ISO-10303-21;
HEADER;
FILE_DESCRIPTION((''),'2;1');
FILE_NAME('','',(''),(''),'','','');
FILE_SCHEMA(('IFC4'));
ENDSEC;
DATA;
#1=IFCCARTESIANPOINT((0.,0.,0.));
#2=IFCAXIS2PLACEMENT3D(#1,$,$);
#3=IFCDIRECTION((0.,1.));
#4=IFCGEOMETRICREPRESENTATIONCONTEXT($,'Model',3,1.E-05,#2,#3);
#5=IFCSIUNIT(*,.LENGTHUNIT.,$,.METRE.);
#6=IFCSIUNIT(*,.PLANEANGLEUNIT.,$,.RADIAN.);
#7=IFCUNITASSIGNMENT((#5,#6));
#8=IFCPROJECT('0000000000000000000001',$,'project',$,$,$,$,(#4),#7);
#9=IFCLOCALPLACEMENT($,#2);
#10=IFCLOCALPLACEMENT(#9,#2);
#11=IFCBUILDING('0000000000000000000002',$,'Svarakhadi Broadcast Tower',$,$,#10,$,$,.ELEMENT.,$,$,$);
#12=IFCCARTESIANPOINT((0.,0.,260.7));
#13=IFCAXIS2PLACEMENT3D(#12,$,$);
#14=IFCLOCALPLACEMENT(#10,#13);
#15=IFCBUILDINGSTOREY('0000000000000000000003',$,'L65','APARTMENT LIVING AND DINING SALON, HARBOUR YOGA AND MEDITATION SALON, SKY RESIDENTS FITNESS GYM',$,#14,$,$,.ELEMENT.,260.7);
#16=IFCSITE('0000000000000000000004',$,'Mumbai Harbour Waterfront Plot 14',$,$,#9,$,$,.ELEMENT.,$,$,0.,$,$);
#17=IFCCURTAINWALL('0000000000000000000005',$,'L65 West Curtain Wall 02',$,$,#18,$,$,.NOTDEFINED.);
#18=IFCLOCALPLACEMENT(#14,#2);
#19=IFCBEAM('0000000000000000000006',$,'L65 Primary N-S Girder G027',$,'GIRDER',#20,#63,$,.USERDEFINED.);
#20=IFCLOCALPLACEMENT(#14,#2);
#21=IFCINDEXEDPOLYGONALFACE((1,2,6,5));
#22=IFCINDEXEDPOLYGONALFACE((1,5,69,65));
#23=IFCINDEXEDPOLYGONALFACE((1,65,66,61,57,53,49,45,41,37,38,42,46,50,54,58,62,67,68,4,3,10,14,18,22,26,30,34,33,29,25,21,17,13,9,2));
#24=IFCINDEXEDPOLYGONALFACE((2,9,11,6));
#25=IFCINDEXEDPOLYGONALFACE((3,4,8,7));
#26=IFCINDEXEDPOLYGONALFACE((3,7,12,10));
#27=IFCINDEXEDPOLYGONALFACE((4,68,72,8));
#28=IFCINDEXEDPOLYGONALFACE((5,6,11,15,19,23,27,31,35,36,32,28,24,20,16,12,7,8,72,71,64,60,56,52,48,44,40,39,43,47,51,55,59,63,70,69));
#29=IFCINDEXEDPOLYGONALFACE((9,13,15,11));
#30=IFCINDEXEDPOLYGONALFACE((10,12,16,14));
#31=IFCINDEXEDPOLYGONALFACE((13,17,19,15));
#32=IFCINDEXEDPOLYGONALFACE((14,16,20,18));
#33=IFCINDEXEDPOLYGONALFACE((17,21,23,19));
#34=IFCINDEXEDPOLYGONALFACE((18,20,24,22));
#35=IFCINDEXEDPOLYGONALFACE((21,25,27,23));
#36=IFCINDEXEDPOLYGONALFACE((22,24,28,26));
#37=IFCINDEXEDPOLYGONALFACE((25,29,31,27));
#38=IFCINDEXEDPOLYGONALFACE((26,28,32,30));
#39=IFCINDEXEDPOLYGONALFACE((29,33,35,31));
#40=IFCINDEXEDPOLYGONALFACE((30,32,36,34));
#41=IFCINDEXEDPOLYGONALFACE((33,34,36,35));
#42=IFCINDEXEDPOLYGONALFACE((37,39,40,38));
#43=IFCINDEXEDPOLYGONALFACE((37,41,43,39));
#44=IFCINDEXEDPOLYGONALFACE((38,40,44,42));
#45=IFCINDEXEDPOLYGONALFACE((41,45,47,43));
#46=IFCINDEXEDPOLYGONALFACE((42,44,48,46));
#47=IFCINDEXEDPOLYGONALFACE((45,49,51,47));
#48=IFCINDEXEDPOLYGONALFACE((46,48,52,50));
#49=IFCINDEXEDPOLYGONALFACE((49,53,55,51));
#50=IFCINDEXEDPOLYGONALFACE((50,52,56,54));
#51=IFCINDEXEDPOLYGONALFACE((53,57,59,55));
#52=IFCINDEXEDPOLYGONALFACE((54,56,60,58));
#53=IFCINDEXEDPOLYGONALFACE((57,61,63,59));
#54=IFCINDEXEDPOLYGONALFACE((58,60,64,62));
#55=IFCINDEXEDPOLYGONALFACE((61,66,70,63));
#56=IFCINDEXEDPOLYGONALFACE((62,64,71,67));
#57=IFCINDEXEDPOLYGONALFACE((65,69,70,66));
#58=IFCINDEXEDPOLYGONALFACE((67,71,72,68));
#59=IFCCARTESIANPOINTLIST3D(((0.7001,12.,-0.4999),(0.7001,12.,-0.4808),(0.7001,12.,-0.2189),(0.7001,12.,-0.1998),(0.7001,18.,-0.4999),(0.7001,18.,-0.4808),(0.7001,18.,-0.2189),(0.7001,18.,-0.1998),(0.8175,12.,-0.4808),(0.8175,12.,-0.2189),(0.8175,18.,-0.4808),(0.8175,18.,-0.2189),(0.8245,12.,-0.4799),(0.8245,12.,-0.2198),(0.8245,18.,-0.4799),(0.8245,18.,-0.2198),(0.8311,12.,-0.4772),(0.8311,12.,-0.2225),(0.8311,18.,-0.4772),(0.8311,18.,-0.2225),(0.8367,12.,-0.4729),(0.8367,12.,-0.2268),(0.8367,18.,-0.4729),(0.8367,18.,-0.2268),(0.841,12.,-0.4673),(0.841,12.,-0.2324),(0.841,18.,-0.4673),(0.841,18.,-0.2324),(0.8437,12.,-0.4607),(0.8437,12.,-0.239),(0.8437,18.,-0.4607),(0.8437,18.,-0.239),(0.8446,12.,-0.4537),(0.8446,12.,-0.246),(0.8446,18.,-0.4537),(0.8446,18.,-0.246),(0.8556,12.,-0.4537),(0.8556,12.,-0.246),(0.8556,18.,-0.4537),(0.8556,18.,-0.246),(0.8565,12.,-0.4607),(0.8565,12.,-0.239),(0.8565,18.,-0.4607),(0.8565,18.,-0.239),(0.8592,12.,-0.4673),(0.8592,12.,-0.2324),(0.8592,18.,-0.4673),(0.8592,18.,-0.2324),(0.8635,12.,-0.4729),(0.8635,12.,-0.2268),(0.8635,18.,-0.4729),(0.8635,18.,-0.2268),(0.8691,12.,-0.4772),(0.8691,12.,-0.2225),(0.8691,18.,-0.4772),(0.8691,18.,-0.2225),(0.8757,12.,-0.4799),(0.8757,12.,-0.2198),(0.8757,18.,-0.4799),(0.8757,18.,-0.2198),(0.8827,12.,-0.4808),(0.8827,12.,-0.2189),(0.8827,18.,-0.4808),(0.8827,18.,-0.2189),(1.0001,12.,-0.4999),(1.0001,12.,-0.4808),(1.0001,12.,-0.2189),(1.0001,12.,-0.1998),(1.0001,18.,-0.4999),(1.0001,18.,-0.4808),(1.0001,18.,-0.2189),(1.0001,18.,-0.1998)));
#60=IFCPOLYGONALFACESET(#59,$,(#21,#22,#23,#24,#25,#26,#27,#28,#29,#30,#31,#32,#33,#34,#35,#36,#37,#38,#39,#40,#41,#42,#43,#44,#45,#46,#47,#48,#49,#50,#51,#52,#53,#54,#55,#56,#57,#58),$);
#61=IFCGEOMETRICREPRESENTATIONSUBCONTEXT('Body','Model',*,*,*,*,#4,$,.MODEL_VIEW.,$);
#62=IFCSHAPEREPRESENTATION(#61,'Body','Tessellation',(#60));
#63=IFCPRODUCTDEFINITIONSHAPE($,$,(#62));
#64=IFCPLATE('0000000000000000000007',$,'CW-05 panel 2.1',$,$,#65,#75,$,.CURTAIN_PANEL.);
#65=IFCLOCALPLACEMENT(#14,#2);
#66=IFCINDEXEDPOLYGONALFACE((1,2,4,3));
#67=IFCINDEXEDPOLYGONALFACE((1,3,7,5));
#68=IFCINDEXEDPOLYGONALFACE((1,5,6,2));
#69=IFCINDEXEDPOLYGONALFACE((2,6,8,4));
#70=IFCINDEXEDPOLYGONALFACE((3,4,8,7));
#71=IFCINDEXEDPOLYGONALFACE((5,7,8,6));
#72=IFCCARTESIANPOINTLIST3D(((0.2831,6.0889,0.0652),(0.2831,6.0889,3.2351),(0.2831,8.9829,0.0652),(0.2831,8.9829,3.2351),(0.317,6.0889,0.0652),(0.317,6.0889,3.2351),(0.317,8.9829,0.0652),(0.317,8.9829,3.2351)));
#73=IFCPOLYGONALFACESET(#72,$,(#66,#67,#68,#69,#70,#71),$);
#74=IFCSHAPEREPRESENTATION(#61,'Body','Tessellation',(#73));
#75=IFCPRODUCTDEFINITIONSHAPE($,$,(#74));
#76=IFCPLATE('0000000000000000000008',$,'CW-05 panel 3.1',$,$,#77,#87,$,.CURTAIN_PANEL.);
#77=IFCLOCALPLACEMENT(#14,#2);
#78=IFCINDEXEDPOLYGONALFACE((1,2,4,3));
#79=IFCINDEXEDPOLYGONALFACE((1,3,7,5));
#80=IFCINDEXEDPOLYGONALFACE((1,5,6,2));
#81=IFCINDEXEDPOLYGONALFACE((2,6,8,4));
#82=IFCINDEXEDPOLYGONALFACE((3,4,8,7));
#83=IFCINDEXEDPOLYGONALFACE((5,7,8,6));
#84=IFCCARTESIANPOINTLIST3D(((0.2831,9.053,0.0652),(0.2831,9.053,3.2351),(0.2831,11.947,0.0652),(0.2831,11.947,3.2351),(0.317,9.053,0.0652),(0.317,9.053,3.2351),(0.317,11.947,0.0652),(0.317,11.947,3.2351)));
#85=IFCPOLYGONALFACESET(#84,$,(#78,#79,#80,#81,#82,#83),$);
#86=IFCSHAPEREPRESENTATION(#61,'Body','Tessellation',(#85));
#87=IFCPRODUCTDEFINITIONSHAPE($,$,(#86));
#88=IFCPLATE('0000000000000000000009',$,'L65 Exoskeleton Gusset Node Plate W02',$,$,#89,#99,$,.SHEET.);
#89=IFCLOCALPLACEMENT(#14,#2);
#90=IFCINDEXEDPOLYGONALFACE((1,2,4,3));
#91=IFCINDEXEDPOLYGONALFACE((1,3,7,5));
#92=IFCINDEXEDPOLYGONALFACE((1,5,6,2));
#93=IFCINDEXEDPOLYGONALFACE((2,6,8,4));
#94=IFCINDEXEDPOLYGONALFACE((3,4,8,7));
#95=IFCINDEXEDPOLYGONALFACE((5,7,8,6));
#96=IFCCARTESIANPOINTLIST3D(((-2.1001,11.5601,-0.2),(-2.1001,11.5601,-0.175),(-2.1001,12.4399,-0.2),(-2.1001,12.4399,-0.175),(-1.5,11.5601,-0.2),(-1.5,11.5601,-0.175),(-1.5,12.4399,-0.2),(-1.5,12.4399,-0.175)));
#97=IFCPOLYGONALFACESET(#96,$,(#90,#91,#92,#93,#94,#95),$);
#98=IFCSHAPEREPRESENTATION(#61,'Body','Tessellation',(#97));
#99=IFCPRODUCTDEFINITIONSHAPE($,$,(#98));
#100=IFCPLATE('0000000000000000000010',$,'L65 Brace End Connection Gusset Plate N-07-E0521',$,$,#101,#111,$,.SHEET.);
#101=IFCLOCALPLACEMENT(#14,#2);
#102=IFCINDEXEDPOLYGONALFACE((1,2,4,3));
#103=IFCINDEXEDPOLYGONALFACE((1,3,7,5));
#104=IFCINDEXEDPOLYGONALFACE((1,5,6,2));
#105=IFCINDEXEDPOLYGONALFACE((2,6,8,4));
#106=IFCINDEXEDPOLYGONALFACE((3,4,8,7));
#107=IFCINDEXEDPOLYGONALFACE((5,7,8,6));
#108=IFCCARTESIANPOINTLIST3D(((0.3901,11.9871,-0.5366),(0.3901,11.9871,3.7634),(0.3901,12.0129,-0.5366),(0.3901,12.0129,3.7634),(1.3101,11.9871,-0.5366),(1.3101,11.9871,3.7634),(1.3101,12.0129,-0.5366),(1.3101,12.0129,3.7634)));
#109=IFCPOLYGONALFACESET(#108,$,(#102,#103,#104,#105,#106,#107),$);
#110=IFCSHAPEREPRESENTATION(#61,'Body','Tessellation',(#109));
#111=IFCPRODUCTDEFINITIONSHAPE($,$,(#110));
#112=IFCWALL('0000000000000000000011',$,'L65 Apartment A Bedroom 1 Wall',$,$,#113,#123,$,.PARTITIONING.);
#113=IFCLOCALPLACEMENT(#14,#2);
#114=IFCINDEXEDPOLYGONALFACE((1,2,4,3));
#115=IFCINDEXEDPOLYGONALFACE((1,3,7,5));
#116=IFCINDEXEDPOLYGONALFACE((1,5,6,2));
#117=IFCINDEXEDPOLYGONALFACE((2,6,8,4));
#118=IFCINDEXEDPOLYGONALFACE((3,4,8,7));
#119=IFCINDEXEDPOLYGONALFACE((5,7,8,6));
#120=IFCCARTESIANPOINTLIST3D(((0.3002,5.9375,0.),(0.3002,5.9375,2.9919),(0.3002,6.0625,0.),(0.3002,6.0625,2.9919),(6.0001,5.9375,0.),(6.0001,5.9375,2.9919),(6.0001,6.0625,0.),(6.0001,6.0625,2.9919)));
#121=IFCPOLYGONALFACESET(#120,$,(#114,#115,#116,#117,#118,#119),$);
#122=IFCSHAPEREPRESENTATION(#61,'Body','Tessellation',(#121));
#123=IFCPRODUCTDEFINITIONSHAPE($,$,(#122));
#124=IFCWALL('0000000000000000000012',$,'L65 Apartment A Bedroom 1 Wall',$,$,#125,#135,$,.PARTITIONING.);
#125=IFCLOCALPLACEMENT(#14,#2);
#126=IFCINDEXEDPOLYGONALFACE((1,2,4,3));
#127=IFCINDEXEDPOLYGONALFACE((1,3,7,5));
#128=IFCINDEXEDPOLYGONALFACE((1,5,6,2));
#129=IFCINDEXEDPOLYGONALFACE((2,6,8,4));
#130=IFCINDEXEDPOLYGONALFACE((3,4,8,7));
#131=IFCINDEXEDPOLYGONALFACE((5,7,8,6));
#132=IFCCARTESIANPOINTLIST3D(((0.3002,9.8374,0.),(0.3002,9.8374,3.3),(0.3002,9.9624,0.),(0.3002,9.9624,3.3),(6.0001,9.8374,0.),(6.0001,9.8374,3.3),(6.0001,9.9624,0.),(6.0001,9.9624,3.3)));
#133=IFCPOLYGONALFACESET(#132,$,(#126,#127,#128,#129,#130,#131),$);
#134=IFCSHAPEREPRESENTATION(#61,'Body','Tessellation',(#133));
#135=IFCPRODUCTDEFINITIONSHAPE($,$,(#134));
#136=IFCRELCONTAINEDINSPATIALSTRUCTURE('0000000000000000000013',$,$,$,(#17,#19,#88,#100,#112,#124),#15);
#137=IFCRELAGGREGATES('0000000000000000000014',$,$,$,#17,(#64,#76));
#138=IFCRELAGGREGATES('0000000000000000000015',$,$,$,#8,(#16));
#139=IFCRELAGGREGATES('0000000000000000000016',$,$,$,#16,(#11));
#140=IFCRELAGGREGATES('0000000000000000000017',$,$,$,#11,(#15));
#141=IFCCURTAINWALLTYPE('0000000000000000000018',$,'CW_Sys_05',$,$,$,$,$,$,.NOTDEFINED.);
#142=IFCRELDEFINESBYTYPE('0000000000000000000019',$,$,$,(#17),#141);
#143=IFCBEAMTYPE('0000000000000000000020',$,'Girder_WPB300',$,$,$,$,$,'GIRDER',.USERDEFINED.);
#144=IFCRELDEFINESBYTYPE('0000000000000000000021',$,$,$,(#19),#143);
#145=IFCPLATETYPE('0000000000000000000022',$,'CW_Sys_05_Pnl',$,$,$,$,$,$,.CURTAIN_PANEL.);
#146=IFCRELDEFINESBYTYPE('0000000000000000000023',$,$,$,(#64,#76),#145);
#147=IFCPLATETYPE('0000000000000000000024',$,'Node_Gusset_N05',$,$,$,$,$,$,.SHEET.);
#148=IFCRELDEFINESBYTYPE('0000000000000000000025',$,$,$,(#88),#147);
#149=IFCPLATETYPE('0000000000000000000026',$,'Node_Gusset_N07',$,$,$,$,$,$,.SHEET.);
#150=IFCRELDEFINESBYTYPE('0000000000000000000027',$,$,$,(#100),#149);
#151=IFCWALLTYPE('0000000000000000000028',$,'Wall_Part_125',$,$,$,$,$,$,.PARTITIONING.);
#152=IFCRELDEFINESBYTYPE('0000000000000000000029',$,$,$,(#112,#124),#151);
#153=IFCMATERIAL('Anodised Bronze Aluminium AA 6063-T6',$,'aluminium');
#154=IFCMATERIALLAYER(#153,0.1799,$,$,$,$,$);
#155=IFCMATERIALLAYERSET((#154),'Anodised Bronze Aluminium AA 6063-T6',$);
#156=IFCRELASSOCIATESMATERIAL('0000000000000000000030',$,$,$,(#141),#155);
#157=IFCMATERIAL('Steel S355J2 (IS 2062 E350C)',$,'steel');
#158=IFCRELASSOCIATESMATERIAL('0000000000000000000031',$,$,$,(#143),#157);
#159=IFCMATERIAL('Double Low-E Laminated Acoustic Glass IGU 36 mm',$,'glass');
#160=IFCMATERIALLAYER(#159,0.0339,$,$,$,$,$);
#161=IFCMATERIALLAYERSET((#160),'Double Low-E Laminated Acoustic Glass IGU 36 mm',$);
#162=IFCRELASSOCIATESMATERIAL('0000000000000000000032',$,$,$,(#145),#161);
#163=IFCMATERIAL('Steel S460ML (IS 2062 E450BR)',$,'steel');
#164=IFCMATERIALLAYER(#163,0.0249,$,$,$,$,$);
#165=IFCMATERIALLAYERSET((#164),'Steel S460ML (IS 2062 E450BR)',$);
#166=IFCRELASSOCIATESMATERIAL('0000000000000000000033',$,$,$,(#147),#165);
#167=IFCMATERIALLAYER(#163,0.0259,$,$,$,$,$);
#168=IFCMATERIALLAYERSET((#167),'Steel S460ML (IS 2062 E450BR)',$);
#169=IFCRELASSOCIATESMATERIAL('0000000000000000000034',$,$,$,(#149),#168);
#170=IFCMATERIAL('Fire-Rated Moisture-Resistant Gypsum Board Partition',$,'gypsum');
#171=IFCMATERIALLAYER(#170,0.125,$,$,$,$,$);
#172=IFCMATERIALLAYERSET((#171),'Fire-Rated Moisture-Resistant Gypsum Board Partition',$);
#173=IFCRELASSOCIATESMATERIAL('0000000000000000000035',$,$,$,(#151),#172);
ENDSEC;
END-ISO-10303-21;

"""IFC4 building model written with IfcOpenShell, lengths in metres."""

from ifc_helpers import new_model, si_unit, direction, frame, frame_2d, origin, origin_2d, place, context, subcontext, project, spatial, rectangle, i_section, extrude, material, layer, layer_set, material_profile, profile_set, type_object, element, aggregate, save


model = new_model("IFC4")

# Units and contexts
model_context = context("Model", 3, precision=1e-05, world=origin(), true_north=direction((0.0, 1.0)))
body_context = subcontext(model_context, "Body", "Model", "MODEL_VIEW")
ifc_project = project(units=[si_unit("LENGTHUNIT", "METRE"), si_unit("PLANEANGLEUNIT", "RADIAN")], contexts=[model_context])

# Site, building, storey
site_placement = place(None, origin())
site = spatial("IfcSite", under=ifc_project, at=site_placement, Name="Mumbai Harbour Waterfront Plot 14", CompositionType="ELEMENT", RefElevation=0.0)
building_placement = place(site_placement, origin())
building = spatial("IfcBuilding", under=site, at=building_placement, Name="Svarakhadi Broadcast Tower", CompositionType="ELEMENT")
storey_placement = place(building_placement, frame((0.0, 0.0, 260.7)))
storey = spatial("IfcBuildingStorey", under=building, at=storey_placement, Name="L65", Description="APARTMENT LIVING AND DINING SALON, HARBOUR YOGA AND MEDITATION SALON, SKY RESIDENTS FITNESS GYM", CompositionType="ELEMENT", Elevation=260.7)

# Shared definitions
ifc_material_1 = material(Name="Steel S460ML (IS 2062 E450BR)", Category="steel")

# Shared definitions
ifc_material_2 = material(Name="Steel S355J2 (IS 2062 E350C)", Category="steel")

# Curtain wall
ifc_material_3 = material(Name="Anodised Bronze Aluminium AA 6063-T6", Category="aluminium")
ifc_layer_1 = layer(ifc_material_3, 0.1799)
ifc_layer_set_1 = layer_set([ifc_layer_1], Name="Anodised Bronze Aluminium AA 6063-T6")
curtain_wall_type = type_object("IfcCurtainWallType", Name="CW_Sys_05", PredefinedType="NOTDEFINED", material=ifc_layer_set_1)
curtain_wall_placement = place(storey_placement, origin())
curtain_wall = element("IfcCurtainWall", 1, at=curtain_wall_placement, inside=storey, type_object=curtain_wall_type, Name="L65 West Curtain Wall 02", PredefinedType="NOTDEFINED")

# Beam
ifc_material_profile_1 = material_profile(ifc_material_2, i_section(OverallWidth=0.3, OverallDepth=0.3, WebThickness=0.011, FlangeThickness=0.019, FilletRadius=0.0271, at=origin_2d()), Name="WPB 300x300x117")
ifc_profile_set_1 = profile_set([ifc_material_profile_1], Name="Steel S355J2 (IS 2062 E350C)")
beam_type_1 = type_object("IfcBeamType", Name="Girder_WPB300", ElementType="GIRDER", PredefinedType="USERDEFINED", material=ifc_profile_set_1)
for number, where, z_axis, x_axis, name in (
    (2, (0.8501, 12.0, -0.3499), (0.0, 1.0, 0.0), (-1.0, 0.0, 0.0), "L65 Primary N-S Girder G027"),
):
    element("IfcBeam", number, at=place(storey_placement, frame(where, z_axis=z_axis, x_axis=x_axis)), inside=storey, type_object=beam_type_1, Name=name, ObjectType="GIRDER", PredefinedType="USERDEFINED", context=body_context, shape_type="SweptSolid", body=[
        extrude(i_section(OverallWidth=0.3, OverallDepth=0.3, WebThickness=0.011, FlangeThickness=0.019, FilletRadius=0.0271, at=origin_2d()), origin(), (0.0, 0.0, 1.0), 6.0),
    ])

# Plates
ifc_material_4 = material(Name="Double Low-E Laminated Acoustic Glass IGU 36 mm", Category="glass")
ifc_layer_2 = layer(ifc_material_4, 0.0339)
ifc_layer_set_2 = layer_set([ifc_layer_2], Name="Double Low-E Laminated Acoustic Glass IGU 36 mm")
plate_type_1 = type_object("IfcPlateType", Name="CW_Sys_05_Pnl", PredefinedType="CURTAIN_PANEL", material=ifc_layer_set_2)
plate_1_placement = place(storey_placement, frame((0.3, 7.5359, 0.0652), z_axis=(0.0, 0.0, 1.0), x_axis=(0.0, 1.0, 0.0)))
plate_1 = element("IfcPlate", 3, at=plate_1_placement, type_object=plate_type_1, Name="CW-05 panel 2.1", PredefinedType="CURTAIN_PANEL", context=body_context, shape_type="SweptSolid", body=[
    extrude(rectangle(XDim=2.894, YDim=0.0339, at=origin_2d()), origin(), (0.0, 0.0, 1.0), 3.1699),
])
plate_2_placement = place(storey_placement, frame((0.3, 10.5, 0.0652), z_axis=(0.0, 0.0, 1.0), x_axis=(0.0, 1.0, 0.0)))
plate_2 = element("IfcPlate", 4, at=plate_2_placement, type_object=plate_type_1, Name="CW-05 panel 3.1", PredefinedType="CURTAIN_PANEL", context=body_context, shape_type="SweptSolid", body=[
    extrude(rectangle(XDim=2.894, YDim=0.0339, at=origin_2d()), origin(), (0.0, 0.0, 1.0), 3.1699),
])
aggregate(curtain_wall, [plate_1, plate_2])

# Plates
ifc_layer_3 = layer(ifc_material_1, 0.0249)
ifc_layer_set_3 = layer_set([ifc_layer_3], Name="Steel S460ML (IS 2062 E450BR)")
plate_type_2 = type_object("IfcPlateType", Name="Node_Gusset_N05", PredefinedType="SHEET", material=ifc_layer_set_3)
plate_3_placement = place(storey_placement, frame((-1.8, 12.0, -0.2), z_axis=(0.0, 0.0, 1.0), x_axis=(0.0, 1.0, 0.0)))
element("IfcPlate", 5, at=plate_3_placement, inside=storey, type_object=plate_type_2, Name="L65 Exoskeleton Gusset Node Plate W02", PredefinedType="SHEET", context=body_context, shape_type="SweptSolid", body=[
    extrude(rectangle(XDim=0.8799, YDim=0.6001, at=origin_2d()), origin(), (0.0, 0.0, 1.0), 0.0249),
])
ifc_layer_4 = layer(ifc_material_1, 0.0259)
ifc_layer_set_4 = layer_set([ifc_layer_4], Name="Steel S460ML (IS 2062 E450BR)")
plate_type_3 = type_object("IfcPlateType", Name="Node_Gusset_N07", PredefinedType="SHEET", material=ifc_layer_set_4)
plate_4_placement = place(storey_placement, frame((0.8501, 12.0, -0.5366), z_axis=(0.0, 0.0, 1.0), x_axis=(1.0, 0.0, 0.0)))
element("IfcPlate", 6, at=plate_4_placement, inside=storey, type_object=plate_type_3, Name="L65 Brace End Connection Gusset Plate N-07-E0521", PredefinedType="SHEET", context=body_context, shape_type="SweptSolid", body=[
    extrude(rectangle(XDim=0.9199, YDim=0.0259, at=origin_2d()), origin(), (0.0, 0.0, 1.0), 4.3),
])

# Walls
ifc_material_5 = material(Name="Fire-Rated Moisture-Resistant Gypsum Board Partition", Category="gypsum")
ifc_layer_5 = layer(ifc_material_5, 0.125)
ifc_layer_set_5 = layer_set([ifc_layer_5], Name="Fire-Rated Moisture-Resistant Gypsum Board Partition")
wall_type = type_object("IfcWallType", Name="Wall_Part_125", PredefinedType="PARTITIONING", material=ifc_layer_set_5)
wall_1_placement = place(storey_placement, frame((0.3, 6.0, 0.0), z_axis=(0.0, 0.0, 1.0), x_axis=(1.0, 0.0, 0.0)))
element("IfcWall", 7, at=wall_1_placement, inside=storey, type_object=wall_type, Name="L65 Apartment A Bedroom 1 Wall", PredefinedType="PARTITIONING", context=body_context, shape_type="SweptSolid", body=[
    extrude(rectangle(XDim=5.7, YDim=0.125, at=frame_2d((2.8501, 0.0))), origin(), (0.0, 0.0, 1.0), 2.9919),
])
wall_2_placement = place(storey_placement, frame((0.3, 9.8999, 0.0), z_axis=(0.0, 0.0, 1.0), x_axis=(1.0, 0.0, 0.0)))
element("IfcWall", 8, at=wall_2_placement, inside=storey, type_object=wall_type, Name="L65 Apartment A Bedroom 1 Wall", PredefinedType="PARTITIONING", context=body_context, shape_type="SweptSolid", body=[
    extrude(rectangle(XDim=5.7, YDim=0.125, at=frame_2d((2.8501, 0.0))), origin(), (0.0, 0.0, 1.0), 3.3),
])

save(model, "model.ifc")
